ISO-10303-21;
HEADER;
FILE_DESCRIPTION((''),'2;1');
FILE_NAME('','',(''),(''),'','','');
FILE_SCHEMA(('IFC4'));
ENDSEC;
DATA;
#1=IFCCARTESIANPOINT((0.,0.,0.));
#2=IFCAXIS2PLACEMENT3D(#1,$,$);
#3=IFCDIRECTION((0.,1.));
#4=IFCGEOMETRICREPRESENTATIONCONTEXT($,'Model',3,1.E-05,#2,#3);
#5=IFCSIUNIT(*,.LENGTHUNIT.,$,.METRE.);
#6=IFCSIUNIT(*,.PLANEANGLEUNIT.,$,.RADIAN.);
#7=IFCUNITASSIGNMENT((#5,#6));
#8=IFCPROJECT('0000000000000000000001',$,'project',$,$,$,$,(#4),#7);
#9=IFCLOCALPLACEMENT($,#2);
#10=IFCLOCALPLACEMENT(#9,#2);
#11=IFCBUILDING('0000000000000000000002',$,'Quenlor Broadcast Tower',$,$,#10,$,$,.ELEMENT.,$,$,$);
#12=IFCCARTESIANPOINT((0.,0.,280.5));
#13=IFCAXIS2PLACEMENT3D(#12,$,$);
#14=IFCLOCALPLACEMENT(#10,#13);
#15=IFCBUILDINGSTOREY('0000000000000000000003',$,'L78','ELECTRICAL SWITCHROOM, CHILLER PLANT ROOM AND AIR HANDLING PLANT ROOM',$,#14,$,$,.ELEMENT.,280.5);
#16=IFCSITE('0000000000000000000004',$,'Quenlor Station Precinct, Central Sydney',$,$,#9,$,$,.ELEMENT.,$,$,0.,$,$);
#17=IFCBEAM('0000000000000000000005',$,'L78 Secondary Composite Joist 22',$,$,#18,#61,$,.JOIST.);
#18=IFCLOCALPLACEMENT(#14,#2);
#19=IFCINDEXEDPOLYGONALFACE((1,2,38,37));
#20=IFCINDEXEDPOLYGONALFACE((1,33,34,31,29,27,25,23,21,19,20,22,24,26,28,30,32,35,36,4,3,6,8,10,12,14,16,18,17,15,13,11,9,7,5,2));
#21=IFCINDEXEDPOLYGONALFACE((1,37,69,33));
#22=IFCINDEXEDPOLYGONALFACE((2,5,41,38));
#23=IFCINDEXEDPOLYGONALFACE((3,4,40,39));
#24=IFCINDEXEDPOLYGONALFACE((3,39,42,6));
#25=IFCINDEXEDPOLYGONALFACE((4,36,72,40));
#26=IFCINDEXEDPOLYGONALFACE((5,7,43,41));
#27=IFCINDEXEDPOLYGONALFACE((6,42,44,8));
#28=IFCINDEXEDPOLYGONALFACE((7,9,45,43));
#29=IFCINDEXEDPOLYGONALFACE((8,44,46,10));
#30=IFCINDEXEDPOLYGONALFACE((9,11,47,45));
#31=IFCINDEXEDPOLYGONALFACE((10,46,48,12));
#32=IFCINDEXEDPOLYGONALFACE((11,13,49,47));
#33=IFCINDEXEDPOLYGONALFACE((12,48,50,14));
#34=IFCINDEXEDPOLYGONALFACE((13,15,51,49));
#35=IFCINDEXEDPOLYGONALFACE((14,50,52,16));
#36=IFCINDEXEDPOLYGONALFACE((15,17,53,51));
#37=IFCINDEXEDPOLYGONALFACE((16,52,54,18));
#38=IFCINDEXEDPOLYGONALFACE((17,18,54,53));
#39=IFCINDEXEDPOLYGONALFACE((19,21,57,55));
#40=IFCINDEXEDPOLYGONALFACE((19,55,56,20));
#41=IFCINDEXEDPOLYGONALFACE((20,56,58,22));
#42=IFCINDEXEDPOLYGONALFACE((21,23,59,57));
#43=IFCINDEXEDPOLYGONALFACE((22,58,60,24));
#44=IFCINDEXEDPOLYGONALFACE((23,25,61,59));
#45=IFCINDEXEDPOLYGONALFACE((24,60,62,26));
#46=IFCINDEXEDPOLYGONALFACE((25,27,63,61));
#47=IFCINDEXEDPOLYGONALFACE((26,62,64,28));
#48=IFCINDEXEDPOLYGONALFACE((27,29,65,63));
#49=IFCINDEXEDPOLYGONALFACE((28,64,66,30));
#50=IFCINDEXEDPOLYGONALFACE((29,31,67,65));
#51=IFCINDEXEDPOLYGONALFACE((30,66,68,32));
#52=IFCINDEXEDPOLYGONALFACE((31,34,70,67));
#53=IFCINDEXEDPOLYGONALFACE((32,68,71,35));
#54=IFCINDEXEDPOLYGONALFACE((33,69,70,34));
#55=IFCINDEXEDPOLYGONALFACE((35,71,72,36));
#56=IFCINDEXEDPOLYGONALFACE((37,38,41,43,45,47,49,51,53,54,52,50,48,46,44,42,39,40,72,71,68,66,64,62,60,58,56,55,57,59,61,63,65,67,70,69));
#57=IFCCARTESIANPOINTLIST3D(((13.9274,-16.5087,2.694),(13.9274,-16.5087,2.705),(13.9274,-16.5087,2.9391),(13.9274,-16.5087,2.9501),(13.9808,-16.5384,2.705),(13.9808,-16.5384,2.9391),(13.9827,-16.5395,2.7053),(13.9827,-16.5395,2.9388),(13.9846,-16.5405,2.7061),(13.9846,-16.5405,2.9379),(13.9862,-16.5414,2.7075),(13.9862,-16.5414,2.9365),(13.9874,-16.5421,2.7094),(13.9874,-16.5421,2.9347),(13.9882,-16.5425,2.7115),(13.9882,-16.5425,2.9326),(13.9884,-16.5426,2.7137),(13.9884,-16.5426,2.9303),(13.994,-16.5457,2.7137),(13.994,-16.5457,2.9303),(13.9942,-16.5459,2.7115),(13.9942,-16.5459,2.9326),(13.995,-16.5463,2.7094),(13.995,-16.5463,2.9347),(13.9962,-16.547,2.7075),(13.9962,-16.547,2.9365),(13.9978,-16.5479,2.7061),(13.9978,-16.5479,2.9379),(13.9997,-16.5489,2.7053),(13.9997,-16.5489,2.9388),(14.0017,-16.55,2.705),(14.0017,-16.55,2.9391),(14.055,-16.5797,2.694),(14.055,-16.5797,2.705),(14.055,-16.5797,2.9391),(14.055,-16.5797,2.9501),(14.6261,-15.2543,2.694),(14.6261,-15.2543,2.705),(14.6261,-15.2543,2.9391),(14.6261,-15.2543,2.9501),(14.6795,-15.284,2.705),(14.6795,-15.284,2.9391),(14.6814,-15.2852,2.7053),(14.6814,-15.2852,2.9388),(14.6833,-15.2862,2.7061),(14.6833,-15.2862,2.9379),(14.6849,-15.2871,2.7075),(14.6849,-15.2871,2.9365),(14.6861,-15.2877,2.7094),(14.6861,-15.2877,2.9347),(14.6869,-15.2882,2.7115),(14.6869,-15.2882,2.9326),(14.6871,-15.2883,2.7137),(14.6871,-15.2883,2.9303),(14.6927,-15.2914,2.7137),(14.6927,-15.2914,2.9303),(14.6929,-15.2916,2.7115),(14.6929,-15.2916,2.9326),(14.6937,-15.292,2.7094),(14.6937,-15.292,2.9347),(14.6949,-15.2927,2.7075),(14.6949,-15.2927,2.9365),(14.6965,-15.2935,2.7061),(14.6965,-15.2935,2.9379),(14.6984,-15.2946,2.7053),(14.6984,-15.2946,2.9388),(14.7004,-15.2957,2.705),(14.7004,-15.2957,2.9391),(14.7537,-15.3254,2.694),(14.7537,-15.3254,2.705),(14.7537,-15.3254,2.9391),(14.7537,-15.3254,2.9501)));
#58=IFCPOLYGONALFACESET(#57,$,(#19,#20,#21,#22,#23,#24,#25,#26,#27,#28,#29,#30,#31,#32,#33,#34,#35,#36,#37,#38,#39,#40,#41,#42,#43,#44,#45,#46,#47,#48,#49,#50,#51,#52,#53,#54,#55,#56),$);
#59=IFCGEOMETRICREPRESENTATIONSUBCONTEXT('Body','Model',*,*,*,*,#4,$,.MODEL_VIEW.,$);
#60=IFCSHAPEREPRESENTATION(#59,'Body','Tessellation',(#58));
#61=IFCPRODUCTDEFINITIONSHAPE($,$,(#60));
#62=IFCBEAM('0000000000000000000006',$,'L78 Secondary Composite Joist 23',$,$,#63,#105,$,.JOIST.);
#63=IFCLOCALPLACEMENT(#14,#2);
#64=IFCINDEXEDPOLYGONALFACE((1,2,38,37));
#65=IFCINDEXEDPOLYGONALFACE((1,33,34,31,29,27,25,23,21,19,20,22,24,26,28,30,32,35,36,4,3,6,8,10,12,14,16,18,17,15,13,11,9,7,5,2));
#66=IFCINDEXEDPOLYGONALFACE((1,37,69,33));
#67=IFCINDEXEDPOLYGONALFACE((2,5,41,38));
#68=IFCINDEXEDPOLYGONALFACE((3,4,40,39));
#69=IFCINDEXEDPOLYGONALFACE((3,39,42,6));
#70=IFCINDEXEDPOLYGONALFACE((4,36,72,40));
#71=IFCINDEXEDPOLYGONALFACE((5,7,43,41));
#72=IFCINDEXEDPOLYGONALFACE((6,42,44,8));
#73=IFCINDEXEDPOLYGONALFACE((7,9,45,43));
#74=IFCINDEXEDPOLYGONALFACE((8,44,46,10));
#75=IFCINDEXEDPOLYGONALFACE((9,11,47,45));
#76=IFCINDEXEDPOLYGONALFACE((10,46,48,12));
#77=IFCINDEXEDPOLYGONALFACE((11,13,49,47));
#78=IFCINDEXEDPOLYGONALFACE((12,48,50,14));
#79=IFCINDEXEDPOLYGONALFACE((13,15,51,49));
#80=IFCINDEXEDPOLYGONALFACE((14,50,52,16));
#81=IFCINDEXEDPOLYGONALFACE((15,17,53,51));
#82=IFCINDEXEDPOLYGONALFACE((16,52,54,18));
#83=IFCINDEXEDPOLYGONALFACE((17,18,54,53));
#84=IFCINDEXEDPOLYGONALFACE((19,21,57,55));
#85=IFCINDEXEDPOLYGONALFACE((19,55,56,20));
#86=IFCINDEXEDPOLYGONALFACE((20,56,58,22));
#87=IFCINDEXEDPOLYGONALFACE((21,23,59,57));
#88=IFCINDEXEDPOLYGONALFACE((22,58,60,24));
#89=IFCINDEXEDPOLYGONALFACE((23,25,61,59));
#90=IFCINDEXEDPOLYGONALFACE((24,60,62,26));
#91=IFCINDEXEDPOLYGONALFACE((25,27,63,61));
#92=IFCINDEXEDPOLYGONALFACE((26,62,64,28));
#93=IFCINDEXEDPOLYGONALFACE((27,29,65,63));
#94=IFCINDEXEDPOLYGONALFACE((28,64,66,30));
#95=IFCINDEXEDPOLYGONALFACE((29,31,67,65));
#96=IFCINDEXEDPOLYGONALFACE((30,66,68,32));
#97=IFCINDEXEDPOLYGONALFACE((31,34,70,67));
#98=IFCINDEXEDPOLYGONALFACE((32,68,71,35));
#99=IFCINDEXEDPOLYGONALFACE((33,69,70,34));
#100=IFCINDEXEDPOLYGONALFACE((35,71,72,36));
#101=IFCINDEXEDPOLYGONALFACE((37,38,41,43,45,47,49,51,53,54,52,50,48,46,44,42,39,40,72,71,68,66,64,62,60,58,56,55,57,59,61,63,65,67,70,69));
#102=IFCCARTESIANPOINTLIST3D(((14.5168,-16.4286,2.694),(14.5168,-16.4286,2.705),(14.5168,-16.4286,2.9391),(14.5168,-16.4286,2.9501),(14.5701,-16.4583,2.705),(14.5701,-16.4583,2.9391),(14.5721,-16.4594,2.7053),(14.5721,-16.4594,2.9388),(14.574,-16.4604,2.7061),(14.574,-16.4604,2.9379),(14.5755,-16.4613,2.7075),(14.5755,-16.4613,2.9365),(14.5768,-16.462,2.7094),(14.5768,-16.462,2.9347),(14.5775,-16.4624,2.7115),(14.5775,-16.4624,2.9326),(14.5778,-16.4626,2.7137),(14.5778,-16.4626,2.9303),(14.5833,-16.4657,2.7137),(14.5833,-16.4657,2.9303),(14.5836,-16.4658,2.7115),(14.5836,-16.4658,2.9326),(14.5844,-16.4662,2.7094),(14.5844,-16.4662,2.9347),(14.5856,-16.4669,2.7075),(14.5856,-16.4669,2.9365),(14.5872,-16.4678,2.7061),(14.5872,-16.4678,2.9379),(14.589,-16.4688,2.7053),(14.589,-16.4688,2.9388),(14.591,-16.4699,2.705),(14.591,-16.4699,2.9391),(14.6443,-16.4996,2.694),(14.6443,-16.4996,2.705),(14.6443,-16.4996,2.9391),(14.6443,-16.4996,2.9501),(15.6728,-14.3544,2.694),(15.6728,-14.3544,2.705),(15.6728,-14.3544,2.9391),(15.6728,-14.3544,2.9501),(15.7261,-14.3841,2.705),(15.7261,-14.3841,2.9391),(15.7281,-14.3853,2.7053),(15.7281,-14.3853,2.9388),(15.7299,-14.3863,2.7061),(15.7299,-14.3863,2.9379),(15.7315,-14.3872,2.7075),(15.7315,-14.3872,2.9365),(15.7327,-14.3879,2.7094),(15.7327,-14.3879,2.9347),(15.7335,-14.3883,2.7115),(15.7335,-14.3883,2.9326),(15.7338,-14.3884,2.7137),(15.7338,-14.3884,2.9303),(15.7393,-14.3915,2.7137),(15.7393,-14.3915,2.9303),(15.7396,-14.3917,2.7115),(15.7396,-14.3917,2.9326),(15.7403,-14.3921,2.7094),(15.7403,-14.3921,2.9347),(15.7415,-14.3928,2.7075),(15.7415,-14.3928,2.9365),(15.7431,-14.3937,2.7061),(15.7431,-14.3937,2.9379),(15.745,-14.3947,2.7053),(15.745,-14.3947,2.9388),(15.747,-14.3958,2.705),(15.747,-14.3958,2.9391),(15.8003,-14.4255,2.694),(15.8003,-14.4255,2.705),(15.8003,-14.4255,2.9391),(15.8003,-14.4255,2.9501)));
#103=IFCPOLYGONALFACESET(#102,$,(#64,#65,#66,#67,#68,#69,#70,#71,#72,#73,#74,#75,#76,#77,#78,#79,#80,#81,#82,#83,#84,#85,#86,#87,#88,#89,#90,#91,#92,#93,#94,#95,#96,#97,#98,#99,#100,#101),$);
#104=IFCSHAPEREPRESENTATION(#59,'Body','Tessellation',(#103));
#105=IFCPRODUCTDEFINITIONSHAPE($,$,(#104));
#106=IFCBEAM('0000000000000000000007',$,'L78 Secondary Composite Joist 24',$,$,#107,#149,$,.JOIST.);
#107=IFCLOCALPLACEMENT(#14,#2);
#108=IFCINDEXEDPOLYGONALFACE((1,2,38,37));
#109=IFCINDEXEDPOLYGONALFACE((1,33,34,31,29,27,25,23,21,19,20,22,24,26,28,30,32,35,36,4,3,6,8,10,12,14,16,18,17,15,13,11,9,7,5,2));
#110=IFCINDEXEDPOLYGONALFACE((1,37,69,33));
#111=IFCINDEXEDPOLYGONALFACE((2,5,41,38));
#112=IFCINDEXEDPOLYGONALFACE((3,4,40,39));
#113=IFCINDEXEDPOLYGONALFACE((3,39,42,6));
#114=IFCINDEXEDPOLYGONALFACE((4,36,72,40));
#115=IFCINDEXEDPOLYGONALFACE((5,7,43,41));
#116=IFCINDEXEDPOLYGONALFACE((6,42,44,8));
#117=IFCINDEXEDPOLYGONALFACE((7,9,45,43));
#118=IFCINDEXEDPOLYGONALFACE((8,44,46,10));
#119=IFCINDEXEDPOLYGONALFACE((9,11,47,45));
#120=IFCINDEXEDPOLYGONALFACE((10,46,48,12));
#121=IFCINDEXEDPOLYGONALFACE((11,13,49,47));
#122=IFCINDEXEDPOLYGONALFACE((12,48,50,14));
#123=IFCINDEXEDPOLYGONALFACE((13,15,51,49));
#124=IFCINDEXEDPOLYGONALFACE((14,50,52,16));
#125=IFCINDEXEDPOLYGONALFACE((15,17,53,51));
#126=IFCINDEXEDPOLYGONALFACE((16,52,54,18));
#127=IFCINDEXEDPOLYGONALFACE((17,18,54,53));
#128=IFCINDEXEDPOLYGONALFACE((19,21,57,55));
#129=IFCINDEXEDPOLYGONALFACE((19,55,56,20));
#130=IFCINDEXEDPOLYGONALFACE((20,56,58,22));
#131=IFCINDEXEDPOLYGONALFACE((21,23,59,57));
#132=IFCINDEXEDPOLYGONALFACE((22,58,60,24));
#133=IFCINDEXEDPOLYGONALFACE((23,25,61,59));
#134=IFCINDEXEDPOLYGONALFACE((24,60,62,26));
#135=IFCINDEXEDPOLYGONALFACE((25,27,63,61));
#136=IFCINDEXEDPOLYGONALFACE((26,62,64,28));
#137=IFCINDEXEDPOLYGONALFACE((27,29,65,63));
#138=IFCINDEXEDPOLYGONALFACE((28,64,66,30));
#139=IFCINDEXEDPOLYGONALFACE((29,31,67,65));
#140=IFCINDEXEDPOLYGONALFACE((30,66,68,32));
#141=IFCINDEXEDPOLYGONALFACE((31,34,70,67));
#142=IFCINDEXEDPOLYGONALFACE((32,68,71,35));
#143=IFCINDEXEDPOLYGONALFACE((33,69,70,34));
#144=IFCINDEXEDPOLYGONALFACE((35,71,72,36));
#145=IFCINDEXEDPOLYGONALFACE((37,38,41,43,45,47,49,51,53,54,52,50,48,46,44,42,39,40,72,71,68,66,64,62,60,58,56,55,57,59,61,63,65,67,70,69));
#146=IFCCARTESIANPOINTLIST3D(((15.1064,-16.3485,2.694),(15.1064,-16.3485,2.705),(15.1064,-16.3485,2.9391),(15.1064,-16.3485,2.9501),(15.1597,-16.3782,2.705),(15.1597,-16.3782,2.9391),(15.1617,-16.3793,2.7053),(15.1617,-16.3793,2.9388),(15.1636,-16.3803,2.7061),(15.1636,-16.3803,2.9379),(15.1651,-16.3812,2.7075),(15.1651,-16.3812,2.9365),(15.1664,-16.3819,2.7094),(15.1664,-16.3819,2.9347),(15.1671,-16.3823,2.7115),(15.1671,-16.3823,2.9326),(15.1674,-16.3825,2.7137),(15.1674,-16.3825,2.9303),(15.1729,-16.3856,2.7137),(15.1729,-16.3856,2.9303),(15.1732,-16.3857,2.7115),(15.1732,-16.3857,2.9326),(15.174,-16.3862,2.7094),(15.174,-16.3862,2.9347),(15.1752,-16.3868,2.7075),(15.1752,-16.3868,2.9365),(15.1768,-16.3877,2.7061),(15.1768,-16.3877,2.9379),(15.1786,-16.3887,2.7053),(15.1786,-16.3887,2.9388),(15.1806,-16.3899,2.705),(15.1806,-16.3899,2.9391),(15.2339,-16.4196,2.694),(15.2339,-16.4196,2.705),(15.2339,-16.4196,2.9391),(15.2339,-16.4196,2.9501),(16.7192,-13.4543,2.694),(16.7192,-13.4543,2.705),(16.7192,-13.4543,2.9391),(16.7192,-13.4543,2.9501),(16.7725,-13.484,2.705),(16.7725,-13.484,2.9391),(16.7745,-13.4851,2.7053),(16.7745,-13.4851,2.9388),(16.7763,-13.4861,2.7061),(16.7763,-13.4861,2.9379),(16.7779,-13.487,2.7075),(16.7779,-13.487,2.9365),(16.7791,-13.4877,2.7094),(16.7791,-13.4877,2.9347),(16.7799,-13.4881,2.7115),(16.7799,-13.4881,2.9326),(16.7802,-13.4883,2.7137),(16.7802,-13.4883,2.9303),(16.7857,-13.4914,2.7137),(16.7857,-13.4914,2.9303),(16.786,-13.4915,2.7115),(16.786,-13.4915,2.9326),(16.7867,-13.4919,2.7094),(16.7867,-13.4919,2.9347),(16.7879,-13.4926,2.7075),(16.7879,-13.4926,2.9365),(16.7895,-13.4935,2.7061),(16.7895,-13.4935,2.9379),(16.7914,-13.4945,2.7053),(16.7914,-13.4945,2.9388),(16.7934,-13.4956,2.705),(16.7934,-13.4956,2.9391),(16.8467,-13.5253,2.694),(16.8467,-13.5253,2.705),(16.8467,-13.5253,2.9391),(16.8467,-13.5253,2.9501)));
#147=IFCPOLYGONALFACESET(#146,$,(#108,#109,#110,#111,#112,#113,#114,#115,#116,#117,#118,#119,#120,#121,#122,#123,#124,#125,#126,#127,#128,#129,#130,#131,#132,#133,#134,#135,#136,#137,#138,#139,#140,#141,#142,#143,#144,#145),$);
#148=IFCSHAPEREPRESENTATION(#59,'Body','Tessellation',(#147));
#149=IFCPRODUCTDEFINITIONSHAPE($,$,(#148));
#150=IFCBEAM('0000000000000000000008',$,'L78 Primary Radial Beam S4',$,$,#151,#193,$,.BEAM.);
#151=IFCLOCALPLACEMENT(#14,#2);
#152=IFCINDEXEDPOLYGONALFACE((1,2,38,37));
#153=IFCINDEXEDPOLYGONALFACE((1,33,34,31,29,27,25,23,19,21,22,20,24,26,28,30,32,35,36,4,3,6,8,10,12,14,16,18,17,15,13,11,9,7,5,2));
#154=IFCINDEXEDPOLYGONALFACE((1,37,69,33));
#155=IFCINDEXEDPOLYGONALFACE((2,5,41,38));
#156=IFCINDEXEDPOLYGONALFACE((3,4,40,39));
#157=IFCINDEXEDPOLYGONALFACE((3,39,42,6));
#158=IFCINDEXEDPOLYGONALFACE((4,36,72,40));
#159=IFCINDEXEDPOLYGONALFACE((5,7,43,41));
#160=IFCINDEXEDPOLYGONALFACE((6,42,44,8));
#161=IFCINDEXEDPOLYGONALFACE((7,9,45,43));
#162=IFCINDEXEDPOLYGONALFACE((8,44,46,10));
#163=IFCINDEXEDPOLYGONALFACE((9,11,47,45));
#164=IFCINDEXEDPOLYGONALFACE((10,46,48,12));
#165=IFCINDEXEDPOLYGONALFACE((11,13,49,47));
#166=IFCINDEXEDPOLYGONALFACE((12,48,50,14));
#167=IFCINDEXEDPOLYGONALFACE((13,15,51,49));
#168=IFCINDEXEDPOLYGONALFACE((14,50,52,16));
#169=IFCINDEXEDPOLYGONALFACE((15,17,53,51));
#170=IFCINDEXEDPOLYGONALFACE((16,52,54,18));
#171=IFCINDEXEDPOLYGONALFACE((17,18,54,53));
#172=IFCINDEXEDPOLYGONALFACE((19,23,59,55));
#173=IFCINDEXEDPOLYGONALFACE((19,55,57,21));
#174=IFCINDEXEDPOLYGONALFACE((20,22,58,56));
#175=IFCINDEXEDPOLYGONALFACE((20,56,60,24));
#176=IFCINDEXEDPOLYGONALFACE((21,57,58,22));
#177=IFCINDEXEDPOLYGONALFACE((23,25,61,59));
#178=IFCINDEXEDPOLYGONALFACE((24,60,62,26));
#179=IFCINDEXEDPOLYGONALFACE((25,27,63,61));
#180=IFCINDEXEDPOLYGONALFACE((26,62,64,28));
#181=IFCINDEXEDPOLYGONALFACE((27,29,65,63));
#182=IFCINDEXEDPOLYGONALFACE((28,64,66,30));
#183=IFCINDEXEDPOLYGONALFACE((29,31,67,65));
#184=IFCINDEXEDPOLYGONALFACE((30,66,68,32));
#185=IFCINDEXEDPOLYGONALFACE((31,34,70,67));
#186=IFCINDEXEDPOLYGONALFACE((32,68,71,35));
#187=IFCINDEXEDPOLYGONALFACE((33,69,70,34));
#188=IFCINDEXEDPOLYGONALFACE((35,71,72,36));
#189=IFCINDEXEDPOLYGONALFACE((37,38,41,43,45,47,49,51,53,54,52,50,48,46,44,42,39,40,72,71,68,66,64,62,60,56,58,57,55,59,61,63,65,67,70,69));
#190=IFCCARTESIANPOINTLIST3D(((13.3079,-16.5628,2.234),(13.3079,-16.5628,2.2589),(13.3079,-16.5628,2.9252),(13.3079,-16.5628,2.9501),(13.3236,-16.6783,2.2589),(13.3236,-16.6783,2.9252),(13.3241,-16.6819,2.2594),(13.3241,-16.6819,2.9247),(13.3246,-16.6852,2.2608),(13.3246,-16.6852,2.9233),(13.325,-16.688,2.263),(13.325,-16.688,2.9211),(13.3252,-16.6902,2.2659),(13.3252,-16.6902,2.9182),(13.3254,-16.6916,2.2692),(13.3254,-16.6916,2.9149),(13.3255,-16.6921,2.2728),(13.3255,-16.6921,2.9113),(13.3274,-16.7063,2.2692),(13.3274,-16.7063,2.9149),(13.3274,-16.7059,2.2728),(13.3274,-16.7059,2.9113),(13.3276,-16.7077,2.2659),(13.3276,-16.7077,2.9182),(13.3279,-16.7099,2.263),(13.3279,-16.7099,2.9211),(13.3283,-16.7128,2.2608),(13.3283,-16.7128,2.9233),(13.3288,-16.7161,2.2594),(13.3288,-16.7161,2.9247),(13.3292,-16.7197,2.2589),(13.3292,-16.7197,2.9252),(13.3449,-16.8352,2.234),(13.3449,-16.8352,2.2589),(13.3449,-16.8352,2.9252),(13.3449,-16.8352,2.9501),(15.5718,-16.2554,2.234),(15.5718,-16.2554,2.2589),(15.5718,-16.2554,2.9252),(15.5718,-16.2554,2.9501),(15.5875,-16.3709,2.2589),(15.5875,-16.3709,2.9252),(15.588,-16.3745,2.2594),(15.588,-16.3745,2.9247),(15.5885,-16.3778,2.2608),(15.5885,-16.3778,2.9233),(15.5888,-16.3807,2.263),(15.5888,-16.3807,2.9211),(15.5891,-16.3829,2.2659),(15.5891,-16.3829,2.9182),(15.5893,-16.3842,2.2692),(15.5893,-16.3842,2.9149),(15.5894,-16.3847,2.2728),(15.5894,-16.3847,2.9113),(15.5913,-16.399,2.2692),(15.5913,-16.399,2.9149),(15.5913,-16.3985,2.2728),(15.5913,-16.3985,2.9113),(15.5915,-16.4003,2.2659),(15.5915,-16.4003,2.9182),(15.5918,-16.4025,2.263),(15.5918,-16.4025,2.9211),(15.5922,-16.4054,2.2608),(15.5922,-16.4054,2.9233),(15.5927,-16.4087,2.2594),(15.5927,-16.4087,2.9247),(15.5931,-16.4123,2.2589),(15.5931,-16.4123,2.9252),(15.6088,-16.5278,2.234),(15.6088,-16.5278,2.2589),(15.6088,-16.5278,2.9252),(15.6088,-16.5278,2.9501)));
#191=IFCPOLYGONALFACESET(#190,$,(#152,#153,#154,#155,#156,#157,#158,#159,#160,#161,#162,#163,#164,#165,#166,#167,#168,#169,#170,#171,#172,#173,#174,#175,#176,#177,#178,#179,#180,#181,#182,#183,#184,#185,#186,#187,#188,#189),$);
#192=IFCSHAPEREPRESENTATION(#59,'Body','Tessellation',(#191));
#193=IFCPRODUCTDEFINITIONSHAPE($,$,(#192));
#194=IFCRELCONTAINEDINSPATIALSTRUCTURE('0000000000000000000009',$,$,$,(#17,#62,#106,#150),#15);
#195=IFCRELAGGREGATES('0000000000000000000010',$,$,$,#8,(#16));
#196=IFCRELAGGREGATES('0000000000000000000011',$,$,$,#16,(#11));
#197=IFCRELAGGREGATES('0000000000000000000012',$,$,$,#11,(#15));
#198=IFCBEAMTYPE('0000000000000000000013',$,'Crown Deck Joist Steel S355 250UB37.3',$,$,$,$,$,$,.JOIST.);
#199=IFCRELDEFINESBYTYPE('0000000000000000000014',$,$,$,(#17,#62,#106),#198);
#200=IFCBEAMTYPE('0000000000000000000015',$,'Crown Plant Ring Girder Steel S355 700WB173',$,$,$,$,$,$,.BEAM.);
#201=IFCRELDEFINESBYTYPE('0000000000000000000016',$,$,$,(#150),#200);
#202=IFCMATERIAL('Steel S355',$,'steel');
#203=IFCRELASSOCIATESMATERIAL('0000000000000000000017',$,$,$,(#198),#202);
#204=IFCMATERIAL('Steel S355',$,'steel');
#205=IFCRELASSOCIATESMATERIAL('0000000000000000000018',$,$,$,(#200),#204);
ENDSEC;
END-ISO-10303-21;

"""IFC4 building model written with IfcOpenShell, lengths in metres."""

from ifc_helpers import new_model, si_unit, direction, frame, origin, origin_2d, place, context, subcontext, project, spatial, i_section, extrude, material, material_profile, profile_set, type_object, element, save


model = new_model("IFC4")

# Units and contexts
model_context = context("Model", 3, precision=1e-05, world=origin(), true_north=direction((0.0, 1.0)))
body_context = subcontext(model_context, "Body", "Model", "MODEL_VIEW")
ifc_project = project(units=[si_unit("LENGTHUNIT", "METRE"), si_unit("PLANEANGLEUNIT", "RADIAN")], contexts=[model_context])

# Site, building, storey
site_placement = place(None, origin())
site = spatial("IfcSite", under=ifc_project, at=site_placement, Name="Quenlor Station Precinct, Central Sydney", CompositionType="ELEMENT", RefElevation=0.0)
building_placement = place(site_placement, origin())
building = spatial("IfcBuilding", under=site, at=building_placement, Name="Quenlor Broadcast Tower", CompositionType="ELEMENT")
storey_placement = place(building_placement, frame((0.0, 0.0, 280.5)))
storey = spatial("IfcBuildingStorey", under=building, at=storey_placement, Name="L78", Description="ELECTRICAL SWITCHROOM, CHILLER PLANT ROOM AND AIR HANDLING PLANT ROOM", CompositionType="ELEMENT", Elevation=280.5)

# Beams
ifc_material_1 = material(Name="Steel S355", Category="steel")
ifc_material_profile_1 = material_profile(ifc_material_1, i_section(OverallWidth=0.146, OverallDepth=0.2561, WebThickness=0.0063, FlangeThickness=0.011, FilletRadius=0.0088, at=origin_2d()))
ifc_profile_set_1 = profile_set([ifc_material_profile_1], Name="Steel S355 250UB37.3")
beam_type_1 = type_object("IfcBeamType", Name="Crown Deck Joist Steel S355 250UB37.3", PredefinedType="JOIST", material=ifc_profile_set_1)
beam_1_placement = place(storey_placement, frame((13.9912, -16.5442, 2.822), z_axis=(0.486624, 0.873611, 0.0), x_axis=(-0.873611, 0.486624, 0.0)))
element("IfcBeam", 1, at=beam_1_placement, inside=storey, type_object=beam_type_1, Name="L78 Secondary Composite Joist 22", PredefinedType="JOIST", context=body_context, shape_type="SweptSolid", body=[
    extrude(i_section(OverallWidth=0.146, OverallDepth=0.2561, WebThickness=0.0063, FlangeThickness=0.011, FilletRadius=0.0088, at=origin_2d()), origin(), (0.0, 0.0, 1.0), 1.4358),
])
beam_2_placement = place(storey_placement, frame((14.5806, -16.4641, 2.822), z_axis=(0.486821, 0.873502, 0.0), x_axis=(-0.873502, 0.486821, 0.0)))
element("IfcBeam", 2, at=beam_2_placement, inside=storey, type_object=beam_type_1, Name="L78 Secondary Composite Joist 23", PredefinedType="JOIST", context=body_context, shape_type="SweptSolid", body=[
    extrude(i_section(OverallWidth=0.146, OverallDepth=0.2561, WebThickness=0.0063, FlangeThickness=0.011, FilletRadius=0.0088, at=origin_2d()), origin(), (0.0, 0.0, 1.0), 2.3745),
])
beam_3_placement = place(storey_placement, frame((15.1702, -16.384, 2.822), z_axis=(0.486762, 0.873534, 0.0), x_axis=(-0.873534, 0.486762, 0.0)))
element("IfcBeam", 3, at=beam_3_placement, inside=storey, type_object=beam_type_1, Name="L78 Secondary Composite Joist 24", PredefinedType="JOIST", context=body_context, shape_type="SweptSolid", body=[
    extrude(i_section(OverallWidth=0.146, OverallDepth=0.2561, WebThickness=0.0063, FlangeThickness=0.011, FilletRadius=0.0088, at=origin_2d()), origin(), (0.0, 0.0, 1.0), 3.3132),
])
ifc_material_2 = material(Name="Steel S355", Category="steel")
ifc_material_profile_2 = material_profile(ifc_material_2, i_section(OverallWidth=0.2749, OverallDepth=0.7161, WebThickness=0.0139, FlangeThickness=0.0249, FilletRadius=0.0139, at=origin_2d()))
ifc_profile_set_2 = profile_set([ifc_material_profile_2], Name="Steel S355 700WB173")
beam_type_2 = type_object("IfcBeamType", Name="Crown Plant Ring Girder Steel S355 700WB173", PredefinedType="BEAM", material=ifc_profile_set_2)
beam_4_placement = place(storey_placement, frame((15.5903, -16.3916, 2.592), z_axis=(-0.990909, -0.134536, 0.0), x_axis=(0.134536, -0.990909, 0.0)))
element("IfcBeam", 4, at=beam_4_placement, inside=storey, type_object=beam_type_2, Name="L78 Primary Radial Beam S4", PredefinedType="BEAM", context=body_context, shape_type="SweptSolid", body=[
    extrude(i_section(OverallWidth=0.2749, OverallDepth=0.7161, WebThickness=0.0139, FlangeThickness=0.0249, FilletRadius=0.0139, at=origin_2d()), origin(), (0.0, 0.0, 1.0), 2.2847),
])

save(model, "model.ifc")
